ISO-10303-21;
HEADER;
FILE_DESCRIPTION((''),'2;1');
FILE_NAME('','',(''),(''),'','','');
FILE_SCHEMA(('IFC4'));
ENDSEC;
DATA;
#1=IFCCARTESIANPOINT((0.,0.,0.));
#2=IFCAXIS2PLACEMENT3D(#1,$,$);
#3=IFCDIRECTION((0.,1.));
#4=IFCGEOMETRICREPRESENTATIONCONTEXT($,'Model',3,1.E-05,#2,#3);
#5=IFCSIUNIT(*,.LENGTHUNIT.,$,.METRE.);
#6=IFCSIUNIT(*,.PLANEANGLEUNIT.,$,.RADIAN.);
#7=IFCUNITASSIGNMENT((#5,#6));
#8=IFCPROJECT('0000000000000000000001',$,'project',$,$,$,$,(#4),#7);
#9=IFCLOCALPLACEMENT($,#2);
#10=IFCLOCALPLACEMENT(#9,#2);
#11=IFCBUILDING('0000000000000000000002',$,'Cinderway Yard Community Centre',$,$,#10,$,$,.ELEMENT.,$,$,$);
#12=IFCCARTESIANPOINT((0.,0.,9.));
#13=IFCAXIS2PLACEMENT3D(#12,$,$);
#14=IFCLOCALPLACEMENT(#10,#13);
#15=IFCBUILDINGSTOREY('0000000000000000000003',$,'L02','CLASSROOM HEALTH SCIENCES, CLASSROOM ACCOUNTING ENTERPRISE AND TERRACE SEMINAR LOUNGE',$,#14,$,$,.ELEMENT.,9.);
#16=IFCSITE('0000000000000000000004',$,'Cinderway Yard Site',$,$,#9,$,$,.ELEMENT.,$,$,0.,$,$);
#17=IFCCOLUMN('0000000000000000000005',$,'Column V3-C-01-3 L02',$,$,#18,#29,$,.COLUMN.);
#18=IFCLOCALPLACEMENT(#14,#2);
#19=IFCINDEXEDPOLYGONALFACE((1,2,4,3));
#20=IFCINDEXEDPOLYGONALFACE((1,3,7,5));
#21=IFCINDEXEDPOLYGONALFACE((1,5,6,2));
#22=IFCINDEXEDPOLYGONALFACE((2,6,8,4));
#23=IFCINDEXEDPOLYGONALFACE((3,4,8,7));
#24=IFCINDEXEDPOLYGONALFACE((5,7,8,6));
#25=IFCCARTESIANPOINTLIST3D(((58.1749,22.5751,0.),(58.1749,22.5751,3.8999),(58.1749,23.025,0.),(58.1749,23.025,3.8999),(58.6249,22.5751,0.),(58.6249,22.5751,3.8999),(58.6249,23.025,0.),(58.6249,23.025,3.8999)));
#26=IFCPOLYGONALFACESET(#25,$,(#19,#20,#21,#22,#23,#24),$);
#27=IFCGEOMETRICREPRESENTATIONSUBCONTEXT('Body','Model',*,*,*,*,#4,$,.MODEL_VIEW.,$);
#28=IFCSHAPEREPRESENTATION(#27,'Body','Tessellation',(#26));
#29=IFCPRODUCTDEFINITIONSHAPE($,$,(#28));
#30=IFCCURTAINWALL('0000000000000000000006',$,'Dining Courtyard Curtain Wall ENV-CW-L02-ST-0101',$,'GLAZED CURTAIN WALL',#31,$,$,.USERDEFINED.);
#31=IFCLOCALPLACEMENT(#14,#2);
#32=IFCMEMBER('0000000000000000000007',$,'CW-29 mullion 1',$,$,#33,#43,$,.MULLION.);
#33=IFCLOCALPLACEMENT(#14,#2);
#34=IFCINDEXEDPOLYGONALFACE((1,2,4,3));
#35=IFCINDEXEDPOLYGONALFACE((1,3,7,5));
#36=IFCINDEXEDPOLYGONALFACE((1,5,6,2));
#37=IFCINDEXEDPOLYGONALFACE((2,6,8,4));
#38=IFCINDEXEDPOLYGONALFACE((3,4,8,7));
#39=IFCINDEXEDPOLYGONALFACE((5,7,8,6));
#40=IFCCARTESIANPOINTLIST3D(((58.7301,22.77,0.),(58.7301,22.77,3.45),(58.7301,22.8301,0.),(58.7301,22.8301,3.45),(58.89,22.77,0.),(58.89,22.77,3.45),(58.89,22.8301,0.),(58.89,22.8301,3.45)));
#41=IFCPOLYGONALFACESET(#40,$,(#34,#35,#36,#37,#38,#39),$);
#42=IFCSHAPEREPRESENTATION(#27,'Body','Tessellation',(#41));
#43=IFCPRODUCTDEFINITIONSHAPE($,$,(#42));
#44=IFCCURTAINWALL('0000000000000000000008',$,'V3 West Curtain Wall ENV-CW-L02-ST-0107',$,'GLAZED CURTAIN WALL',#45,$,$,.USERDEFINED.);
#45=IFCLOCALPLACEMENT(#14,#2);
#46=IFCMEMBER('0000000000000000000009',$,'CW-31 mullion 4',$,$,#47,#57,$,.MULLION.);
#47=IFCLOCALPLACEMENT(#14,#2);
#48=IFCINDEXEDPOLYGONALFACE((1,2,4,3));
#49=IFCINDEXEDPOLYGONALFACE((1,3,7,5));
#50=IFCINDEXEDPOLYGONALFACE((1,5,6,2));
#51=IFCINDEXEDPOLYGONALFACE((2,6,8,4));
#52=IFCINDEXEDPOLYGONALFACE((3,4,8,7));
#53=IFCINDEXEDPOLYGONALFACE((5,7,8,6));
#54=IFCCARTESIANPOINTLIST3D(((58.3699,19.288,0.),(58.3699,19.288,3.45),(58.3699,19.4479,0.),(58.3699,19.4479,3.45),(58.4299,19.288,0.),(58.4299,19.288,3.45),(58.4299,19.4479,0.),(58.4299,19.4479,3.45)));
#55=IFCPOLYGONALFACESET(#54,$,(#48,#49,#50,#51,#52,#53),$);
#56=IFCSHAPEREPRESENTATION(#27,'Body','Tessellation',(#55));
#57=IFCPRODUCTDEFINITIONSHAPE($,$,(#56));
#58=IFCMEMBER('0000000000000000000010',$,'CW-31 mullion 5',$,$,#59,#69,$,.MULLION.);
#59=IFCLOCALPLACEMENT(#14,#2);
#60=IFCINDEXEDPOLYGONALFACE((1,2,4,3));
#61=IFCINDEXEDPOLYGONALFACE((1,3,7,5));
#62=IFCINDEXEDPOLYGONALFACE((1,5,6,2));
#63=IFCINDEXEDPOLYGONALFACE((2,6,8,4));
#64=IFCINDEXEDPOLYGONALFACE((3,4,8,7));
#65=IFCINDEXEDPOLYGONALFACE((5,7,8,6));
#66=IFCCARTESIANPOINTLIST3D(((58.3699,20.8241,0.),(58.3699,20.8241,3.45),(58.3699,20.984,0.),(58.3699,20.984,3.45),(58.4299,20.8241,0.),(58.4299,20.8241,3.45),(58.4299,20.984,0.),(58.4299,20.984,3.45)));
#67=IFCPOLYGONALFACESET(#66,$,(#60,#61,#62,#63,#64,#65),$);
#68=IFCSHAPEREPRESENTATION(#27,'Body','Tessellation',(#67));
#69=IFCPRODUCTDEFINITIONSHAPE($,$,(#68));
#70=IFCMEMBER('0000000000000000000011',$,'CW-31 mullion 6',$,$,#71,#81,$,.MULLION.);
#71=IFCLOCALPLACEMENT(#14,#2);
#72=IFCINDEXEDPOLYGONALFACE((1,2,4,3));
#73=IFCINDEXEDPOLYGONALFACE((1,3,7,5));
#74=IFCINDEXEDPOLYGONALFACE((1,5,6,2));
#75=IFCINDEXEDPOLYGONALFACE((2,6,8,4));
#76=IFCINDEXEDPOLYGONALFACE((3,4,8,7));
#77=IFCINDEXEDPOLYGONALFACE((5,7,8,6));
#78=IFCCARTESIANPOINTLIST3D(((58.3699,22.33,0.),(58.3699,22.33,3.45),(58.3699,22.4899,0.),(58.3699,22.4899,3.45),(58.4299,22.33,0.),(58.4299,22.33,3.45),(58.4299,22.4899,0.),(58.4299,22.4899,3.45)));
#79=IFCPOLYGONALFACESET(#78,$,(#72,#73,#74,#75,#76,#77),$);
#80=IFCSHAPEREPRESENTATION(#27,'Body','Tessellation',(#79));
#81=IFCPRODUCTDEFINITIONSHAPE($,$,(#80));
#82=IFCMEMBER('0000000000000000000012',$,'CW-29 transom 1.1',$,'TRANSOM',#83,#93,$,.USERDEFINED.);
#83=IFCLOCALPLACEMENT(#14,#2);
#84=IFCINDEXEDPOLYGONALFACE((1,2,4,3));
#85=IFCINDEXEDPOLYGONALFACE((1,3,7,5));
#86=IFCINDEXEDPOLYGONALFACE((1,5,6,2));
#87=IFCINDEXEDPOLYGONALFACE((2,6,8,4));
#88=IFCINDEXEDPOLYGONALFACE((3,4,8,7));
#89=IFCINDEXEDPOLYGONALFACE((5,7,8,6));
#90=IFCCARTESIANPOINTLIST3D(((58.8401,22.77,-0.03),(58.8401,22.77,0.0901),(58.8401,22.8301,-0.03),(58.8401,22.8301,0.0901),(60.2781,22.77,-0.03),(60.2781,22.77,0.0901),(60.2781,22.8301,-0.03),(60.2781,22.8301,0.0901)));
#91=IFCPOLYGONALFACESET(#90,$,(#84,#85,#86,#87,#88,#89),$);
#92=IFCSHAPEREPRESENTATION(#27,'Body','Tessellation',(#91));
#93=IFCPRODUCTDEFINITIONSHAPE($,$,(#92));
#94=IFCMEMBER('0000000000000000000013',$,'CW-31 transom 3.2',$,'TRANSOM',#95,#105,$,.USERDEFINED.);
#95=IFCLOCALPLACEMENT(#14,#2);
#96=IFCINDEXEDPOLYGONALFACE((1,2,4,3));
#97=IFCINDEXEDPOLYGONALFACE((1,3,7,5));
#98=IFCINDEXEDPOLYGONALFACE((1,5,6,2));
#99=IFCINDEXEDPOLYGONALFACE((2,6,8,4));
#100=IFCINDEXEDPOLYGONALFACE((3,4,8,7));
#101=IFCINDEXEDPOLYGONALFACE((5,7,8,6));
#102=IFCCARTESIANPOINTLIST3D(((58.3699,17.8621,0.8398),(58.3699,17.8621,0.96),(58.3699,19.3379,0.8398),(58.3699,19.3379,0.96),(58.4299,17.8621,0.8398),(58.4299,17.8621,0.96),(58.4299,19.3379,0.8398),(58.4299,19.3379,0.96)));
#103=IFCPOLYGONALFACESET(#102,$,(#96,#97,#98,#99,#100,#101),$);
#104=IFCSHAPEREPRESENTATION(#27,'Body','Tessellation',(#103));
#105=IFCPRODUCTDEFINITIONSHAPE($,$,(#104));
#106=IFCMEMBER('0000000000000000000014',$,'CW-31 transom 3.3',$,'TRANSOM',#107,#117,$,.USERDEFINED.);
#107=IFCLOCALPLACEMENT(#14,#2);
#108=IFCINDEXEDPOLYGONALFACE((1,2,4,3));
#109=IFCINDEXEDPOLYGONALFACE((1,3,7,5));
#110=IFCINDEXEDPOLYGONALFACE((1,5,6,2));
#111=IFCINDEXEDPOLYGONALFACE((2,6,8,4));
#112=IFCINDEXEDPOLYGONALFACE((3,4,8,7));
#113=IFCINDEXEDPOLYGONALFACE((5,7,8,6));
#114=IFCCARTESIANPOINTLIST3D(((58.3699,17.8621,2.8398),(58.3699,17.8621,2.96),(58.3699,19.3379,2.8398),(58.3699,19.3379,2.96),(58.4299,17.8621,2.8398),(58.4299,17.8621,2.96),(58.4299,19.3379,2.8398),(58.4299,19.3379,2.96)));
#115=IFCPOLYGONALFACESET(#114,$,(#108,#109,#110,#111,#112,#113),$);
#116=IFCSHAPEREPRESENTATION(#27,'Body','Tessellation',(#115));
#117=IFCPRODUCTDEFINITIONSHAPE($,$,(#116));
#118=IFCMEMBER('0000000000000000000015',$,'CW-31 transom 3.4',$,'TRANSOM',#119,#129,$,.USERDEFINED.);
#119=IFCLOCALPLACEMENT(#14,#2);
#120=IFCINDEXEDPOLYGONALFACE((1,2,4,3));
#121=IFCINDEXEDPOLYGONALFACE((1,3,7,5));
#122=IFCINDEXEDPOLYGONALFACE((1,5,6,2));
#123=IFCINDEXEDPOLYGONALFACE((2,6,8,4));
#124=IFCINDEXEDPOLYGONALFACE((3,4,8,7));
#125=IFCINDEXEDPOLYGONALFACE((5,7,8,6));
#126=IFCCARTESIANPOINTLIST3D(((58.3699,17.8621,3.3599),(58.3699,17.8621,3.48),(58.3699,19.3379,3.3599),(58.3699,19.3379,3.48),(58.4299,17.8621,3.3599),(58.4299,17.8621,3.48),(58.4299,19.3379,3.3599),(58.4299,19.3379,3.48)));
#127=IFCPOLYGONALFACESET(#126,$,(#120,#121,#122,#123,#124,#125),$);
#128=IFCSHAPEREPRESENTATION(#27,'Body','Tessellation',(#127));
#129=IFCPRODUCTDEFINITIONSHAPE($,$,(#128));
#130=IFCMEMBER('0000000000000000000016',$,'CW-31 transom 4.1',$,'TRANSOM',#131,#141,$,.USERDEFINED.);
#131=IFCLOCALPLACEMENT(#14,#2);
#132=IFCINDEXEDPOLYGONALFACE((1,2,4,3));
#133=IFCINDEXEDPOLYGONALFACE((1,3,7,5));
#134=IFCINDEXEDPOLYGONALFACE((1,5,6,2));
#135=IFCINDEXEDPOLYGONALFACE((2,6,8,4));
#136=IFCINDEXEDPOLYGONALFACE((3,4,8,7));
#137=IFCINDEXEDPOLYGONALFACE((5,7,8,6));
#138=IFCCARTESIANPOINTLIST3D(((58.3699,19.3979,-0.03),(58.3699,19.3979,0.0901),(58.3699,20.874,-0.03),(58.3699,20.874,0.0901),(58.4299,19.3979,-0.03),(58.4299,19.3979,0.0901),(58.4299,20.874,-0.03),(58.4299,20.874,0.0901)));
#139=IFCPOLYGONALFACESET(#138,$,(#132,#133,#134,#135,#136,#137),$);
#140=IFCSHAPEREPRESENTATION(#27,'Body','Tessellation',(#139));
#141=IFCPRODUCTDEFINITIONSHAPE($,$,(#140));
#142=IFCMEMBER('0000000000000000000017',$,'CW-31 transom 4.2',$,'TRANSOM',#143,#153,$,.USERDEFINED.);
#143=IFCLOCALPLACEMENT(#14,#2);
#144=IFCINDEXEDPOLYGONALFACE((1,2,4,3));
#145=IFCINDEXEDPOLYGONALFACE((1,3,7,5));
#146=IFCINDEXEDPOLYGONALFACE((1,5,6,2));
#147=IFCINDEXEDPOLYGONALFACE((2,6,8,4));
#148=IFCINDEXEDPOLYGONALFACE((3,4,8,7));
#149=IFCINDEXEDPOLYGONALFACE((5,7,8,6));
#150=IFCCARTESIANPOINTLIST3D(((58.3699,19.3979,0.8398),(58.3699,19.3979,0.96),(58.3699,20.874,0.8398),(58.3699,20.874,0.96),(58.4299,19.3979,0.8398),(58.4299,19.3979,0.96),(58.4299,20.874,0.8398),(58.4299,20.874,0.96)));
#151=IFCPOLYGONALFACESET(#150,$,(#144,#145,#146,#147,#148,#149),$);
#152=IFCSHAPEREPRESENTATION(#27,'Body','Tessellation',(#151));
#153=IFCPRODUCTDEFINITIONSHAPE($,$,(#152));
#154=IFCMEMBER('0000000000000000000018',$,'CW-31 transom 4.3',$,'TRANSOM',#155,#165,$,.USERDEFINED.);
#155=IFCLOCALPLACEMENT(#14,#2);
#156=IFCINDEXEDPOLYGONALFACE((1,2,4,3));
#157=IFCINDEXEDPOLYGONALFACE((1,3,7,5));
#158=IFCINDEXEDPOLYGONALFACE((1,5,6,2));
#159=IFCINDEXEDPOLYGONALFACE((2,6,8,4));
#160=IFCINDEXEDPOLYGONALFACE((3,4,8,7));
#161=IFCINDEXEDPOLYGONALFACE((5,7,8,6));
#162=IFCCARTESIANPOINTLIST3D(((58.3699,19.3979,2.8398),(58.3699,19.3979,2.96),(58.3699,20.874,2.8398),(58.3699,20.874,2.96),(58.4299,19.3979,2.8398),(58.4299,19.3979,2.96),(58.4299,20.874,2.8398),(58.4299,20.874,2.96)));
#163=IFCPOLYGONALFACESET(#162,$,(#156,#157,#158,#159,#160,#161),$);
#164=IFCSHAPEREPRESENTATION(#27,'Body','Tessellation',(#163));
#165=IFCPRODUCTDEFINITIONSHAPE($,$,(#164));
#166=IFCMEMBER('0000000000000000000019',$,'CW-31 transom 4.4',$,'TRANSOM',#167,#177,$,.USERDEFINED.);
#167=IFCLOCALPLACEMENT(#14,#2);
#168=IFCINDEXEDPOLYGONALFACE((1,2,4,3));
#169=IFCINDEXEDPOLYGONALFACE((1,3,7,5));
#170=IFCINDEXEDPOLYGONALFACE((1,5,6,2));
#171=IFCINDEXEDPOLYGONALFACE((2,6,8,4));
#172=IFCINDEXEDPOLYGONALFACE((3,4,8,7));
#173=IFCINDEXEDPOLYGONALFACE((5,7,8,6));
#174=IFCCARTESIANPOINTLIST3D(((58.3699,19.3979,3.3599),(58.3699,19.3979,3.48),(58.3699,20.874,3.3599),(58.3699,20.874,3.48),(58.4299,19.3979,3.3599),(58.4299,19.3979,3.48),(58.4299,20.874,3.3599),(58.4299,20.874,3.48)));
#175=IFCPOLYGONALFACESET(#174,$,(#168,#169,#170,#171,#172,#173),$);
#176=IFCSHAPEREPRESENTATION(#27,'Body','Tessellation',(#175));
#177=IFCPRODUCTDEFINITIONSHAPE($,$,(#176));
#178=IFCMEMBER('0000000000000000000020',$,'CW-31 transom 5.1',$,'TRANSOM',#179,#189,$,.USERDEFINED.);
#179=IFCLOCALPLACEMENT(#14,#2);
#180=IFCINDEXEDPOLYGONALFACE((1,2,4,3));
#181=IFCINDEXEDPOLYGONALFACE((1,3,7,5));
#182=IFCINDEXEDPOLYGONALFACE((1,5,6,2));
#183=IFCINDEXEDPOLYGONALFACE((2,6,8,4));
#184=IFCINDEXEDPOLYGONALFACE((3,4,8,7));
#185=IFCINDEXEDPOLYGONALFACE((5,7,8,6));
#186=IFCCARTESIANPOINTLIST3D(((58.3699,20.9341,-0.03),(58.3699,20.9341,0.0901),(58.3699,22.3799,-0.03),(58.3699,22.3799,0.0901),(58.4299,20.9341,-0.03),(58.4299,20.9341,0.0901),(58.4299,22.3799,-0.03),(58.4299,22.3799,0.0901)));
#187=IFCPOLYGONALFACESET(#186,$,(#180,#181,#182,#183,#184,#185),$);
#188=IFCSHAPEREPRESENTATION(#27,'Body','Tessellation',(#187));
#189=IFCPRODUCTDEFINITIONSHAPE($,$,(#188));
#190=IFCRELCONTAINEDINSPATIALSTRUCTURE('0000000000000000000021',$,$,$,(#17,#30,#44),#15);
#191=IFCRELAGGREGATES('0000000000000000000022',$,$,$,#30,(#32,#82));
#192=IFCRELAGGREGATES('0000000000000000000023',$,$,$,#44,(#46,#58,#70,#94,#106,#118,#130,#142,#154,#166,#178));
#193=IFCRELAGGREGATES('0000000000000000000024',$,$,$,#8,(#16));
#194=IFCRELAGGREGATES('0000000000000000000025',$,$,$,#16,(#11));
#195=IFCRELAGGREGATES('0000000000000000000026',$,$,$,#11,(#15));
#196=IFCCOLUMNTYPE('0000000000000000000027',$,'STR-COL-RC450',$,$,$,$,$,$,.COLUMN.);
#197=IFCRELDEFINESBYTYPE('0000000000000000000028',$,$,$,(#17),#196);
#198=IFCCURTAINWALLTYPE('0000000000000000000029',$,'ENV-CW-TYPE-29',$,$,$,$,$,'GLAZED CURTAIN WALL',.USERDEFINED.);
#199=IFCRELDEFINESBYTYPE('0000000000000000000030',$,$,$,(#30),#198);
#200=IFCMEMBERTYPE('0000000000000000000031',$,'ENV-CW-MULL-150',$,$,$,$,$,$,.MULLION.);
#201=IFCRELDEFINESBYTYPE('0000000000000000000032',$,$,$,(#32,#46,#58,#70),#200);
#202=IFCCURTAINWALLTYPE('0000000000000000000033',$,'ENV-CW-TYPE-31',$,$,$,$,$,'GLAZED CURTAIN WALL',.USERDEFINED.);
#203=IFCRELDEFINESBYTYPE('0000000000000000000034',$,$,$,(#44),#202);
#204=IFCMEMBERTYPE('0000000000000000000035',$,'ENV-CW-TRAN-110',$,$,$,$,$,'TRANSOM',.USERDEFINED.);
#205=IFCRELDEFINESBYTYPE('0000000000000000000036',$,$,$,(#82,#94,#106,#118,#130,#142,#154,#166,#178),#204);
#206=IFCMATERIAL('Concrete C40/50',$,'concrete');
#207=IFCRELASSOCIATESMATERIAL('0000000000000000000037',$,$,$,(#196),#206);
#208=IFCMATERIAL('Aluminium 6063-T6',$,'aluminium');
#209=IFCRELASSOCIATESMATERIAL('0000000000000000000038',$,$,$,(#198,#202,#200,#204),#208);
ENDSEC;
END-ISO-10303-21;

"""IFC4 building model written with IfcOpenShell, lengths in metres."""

from ifc_helpers import new_model, si_unit, direction, frame, origin, origin_2d, place, context, subcontext, project, spatial, rectangle, extrude, material, material_profile, profile_set, type_object, element, aggregate, save


model = new_model("IFC4")

# Units and contexts
model_context = context("Model", 3, precision=1e-05, world=origin(), true_north=direction((0.0, 1.0)))
body_context = subcontext(model_context, "Body", "Model", "MODEL_VIEW")
ifc_project = project(units=[si_unit("LENGTHUNIT", "METRE"), si_unit("PLANEANGLEUNIT", "RADIAN")], contexts=[model_context])

# Site, building, storey
site_placement = place(None, origin())
site = spatial("IfcSite", under=ifc_project, at=site_placement, Name="Cinderway Yard Site", CompositionType="ELEMENT", RefElevation=0.0)
building_placement = place(site_placement, origin())
building = spatial("IfcBuilding", under=site, at=building_placement, Name="Cinderway Yard Community Centre", CompositionType="ELEMENT")
storey_placement = place(building_placement, frame((0.0, 0.0, 9.0)))
storey = spatial("IfcBuildingStorey", under=building, at=storey_placement, Name="L02", Description="CLASSROOM HEALTH SCIENCES, CLASSROOM ACCOUNTING ENTERPRISE AND TERRACE SEMINAR LOUNGE", CompositionType="ELEMENT", Elevation=9.0)

# Column
ifc_material_1 = material(Name="Concrete C40/50", Category="concrete")
ifc_material_profile_1 = material_profile(ifc_material_1, rectangle(XDim=0.45, YDim=0.45, at=origin_2d()), Name="Concrete C40/50")
ifc_profile_set_1 = profile_set([ifc_material_profile_1], Name="Concrete C40/50")
column_type = type_object("IfcColumnType", Name="STR-COL-RC450", PredefinedType="COLUMN", material=ifc_profile_set_1)
column_placement = place(storey_placement, frame((58.3999, 22.8, 0.0), z_axis=(0.0, 0.0, 1.0), x_axis=(1.0, 0.0, 0.0)))
element("IfcColumn", 1, at=column_placement, inside=storey, type_object=column_type, Name="Column V3-C-01-3 L02", PredefinedType="COLUMN", context=body_context, shape_type="SweptSolid", body=[
    extrude(rectangle(XDim=0.45, YDim=0.45, at=origin_2d()), origin(), (0.0, 0.0, 1.0), 3.8999),
])

# Curtain wall, member
ifc_material_2 = material(Name="Aluminium 6063-T6", Category="aluminium")
curtain_wall_type_1 = type_object("IfcCurtainWallType", Name="ENV-CW-TYPE-29", ElementType="GLAZED CURTAIN WALL", PredefinedType="USERDEFINED", material=ifc_material_2)
curtain_wall_1_placement = place(storey_placement, origin())
curtain_wall_1 = element("IfcCurtainWall", 2, at=curtain_wall_1_placement, inside=storey, type_object=curtain_wall_type_1, Name="Dining Courtyard Curtain Wall ENV-CW-L02-ST-0101", ObjectType="GLAZED CURTAIN WALL", PredefinedType="USERDEFINED")
ifc_material_profile_2 = material_profile(ifc_material_2, rectangle(XDim=0.0601, YDim=0.1599, at=origin_2d()), Name="Aluminium 6063-T6")
ifc_profile_set_2 = profile_set([ifc_material_profile_2], Name="Aluminium 6063-T6")
member_type_1 = type_object("IfcMemberType", Name="ENV-CW-MULL-150", PredefinedType="MULLION", material=ifc_profile_set_2)
member_1_placement = place(storey_placement, frame((58.8101, 22.8, 0.0), z_axis=(0.0, 0.0, 1.0), x_axis=(0.0, 1.0, 0.0)))
member_1 = element("IfcMember", 3, at=member_1_placement, type_object=member_type_1, Name="CW-29 mullion 1", PredefinedType="MULLION", context=body_context, shape_type="SweptSolid", body=[
    extrude(rectangle(XDim=0.0601, YDim=0.1599, at=origin_2d()), origin(), (0.0, 0.0, 1.0), 3.45),
])

# Curtain wall, members
curtain_wall_type_2 = type_object("IfcCurtainWallType", Name="ENV-CW-TYPE-31", ElementType="GLAZED CURTAIN WALL", PredefinedType="USERDEFINED", material=ifc_material_2)
curtain_wall_2_placement = place(storey_placement, origin())
curtain_wall_2 = element("IfcCurtainWall", 4, at=curtain_wall_2_placement, inside=storey, type_object=curtain_wall_type_2, Name="V3 West Curtain Wall ENV-CW-L02-ST-0107", ObjectType="GLAZED CURTAIN WALL", PredefinedType="USERDEFINED")
member_2_placement = place(storey_placement, frame((58.3999, 19.3679, 0.0), z_axis=(0.0, 0.0, 1.0), x_axis=(-1.0, 0.0, 0.0)))
member_2 = element("IfcMember", 5, at=member_2_placement, type_object=member_type_1, Name="CW-31 mullion 4", PredefinedType="MULLION", context=body_context, shape_type="SweptSolid", body=[
    extrude(rectangle(XDim=0.0601, YDim=0.1599, at=origin_2d()), origin(), (0.0, 0.0, 1.0), 3.45),
])
member_3_placement = place(storey_placement, frame((58.3999, 20.9041, 0.0), z_axis=(0.0, 0.0, 1.0), x_axis=(-1.0, 0.0, 0.0)))
member_3 = element("IfcMember", 6, at=member_3_placement, type_object=member_type_1, Name="CW-31 mullion 5", PredefinedType="MULLION", context=body_context, shape_type="SweptSolid", body=[
    extrude(rectangle(XDim=0.0601, YDim=0.1599, at=origin_2d()), origin(), (0.0, 0.0, 1.0), 3.45),
])
member_4_placement = place(storey_placement, frame((58.3999, 22.4099, 0.0), z_axis=(0.0, 0.0, 1.0), x_axis=(-1.0, 0.0, 0.0)))
member_4 = element("IfcMember", 7, at=member_4_placement, type_object=member_type_1, Name="CW-31 mullion 6", PredefinedType="MULLION", context=body_context, shape_type="SweptSolid", body=[
    extrude(rectangle(XDim=0.0601, YDim=0.1599, at=origin_2d()), origin(), (0.0, 0.0, 1.0), 3.45),
])

# Members
ifc_material_profile_3 = material_profile(ifc_material_2, rectangle(XDim=0.0601, YDim=0.1201, at=origin_2d()), Name="Aluminium 6063-T6")
ifc_profile_set_3 = profile_set([ifc_material_profile_3], Name="Aluminium 6063-T6")
member_type_2 = type_object("IfcMemberType", Name="ENV-CW-TRAN-110", ElementType="TRANSOM", PredefinedType="USERDEFINED", material=ifc_profile_set_3)
member_5_placement = place(storey_placement, frame((58.8401, 22.8, 0.03), z_axis=(1.0, 0.0, 0.0), x_axis=(0.0, 1.0, 0.0)))
member_5 = element("IfcMember", 8, at=member_5_placement, type_object=member_type_2, Name="CW-29 transom 1.1", ObjectType="TRANSOM", PredefinedType="USERDEFINED", context=body_context, shape_type="SweptSolid", body=[
    extrude(rectangle(XDim=0.0601, YDim=0.1201, at=origin_2d()), origin(), (0.0, 0.0, 1.0), 1.438),
])
aggregate(curtain_wall_1, [member_1, member_5])
member_6_placement = place(storey_placement, frame((58.3999, 17.8621, 0.8999), z_axis=(0.0, 1.0, 0.0), x_axis=(-1.0, 0.0, 0.0)))
member_6 = element("IfcMember", 9, at=member_6_placement, type_object=member_type_2, Name="CW-31 transom 3.2", ObjectType="TRANSOM", PredefinedType="USERDEFINED", context=body_context, shape_type="SweptSolid", body=[
    extrude(rectangle(XDim=0.0601, YDim=0.1201, at=origin_2d()), origin(), (0.0, 0.0, 1.0), 1.4758),
])
member_7_placement = place(storey_placement, frame((58.3999, 17.8621, 2.8999), z_axis=(0.0, 1.0, 0.0), x_axis=(-1.0, 0.0, 0.0)))
member_7 = element("IfcMember", 10, at=member_7_placement, type_object=member_type_2, Name="CW-31 transom 3.3", ObjectType="TRANSOM", PredefinedType="USERDEFINED", context=body_context, shape_type="SweptSolid", body=[
    extrude(rectangle(XDim=0.0601, YDim=0.1201, at=origin_2d()), origin(), (0.0, 0.0, 1.0), 1.4758),
])
member_8_placement = place(storey_placement, frame((58.3999, 17.8621, 3.4199), z_axis=(0.0, 1.0, 0.0), x_axis=(-1.0, 0.0, 0.0)))
member_8 = element("IfcMember", 11, at=member_8_placement, type_object=member_type_2, Name="CW-31 transom 3.4", ObjectType="TRANSOM", PredefinedType="USERDEFINED", context=body_context, shape_type="SweptSolid", body=[
    extrude(rectangle(XDim=0.0601, YDim=0.1201, at=origin_2d()), origin(), (0.0, 0.0, 1.0), 1.4758),
])
member_9_placement = place(storey_placement, frame((58.3999, 19.3979, 0.03), z_axis=(0.0, 1.0, 0.0), x_axis=(-1.0, 0.0, 0.0)))
member_9 = element("IfcMember", 12, at=member_9_placement, type_object=member_type_2, Name="CW-31 transom 4.1", ObjectType="TRANSOM", PredefinedType="USERDEFINED", context=body_context, shape_type="SweptSolid", body=[
    extrude(rectangle(XDim=0.0601, YDim=0.1201, at=origin_2d()), origin(), (0.0, 0.0, 1.0), 1.4761),
])
member_10_placement = place(storey_placement, frame((58.3999, 19.3979, 0.8999), z_axis=(0.0, 1.0, 0.0), x_axis=(-1.0, 0.0, 0.0)))
member_10 = element("IfcMember", 13, at=member_10_placement, type_object=member_type_2, Name="CW-31 transom 4.2", ObjectType="TRANSOM", PredefinedType="USERDEFINED", context=body_context, shape_type="SweptSolid", body=[
    extrude(rectangle(XDim=0.0601, YDim=0.1201, at=origin_2d()), origin(), (0.0, 0.0, 1.0), 1.4761),
])
member_11_placement = place(storey_placement, frame((58.3999, 19.3979, 2.8999), z_axis=(0.0, 1.0, 0.0), x_axis=(-1.0, 0.0, 0.0)))
member_11 = element("IfcMember", 14, at=member_11_placement, type_object=member_type_2, Name="CW-31 transom 4.3", ObjectType="TRANSOM", PredefinedType="USERDEFINED", context=body_context, shape_type="SweptSolid", body=[
    extrude(rectangle(XDim=0.0601, YDim=0.1201, at=origin_2d()), origin(), (0.0, 0.0, 1.0), 1.4761),
])
member_12_placement = place(storey_placement, frame((58.3999, 19.3979, 3.4199), z_axis=(0.0, 1.0, 0.0), x_axis=(-1.0, 0.0, 0.0)))
member_12 = element("IfcMember", 15, at=member_12_placement, type_object=member_type_2, Name="CW-31 transom 4.4", ObjectType="TRANSOM", PredefinedType="USERDEFINED", context=body_context, shape_type="SweptSolid", body=[
    extrude(rectangle(XDim=0.0601, YDim=0.1201, at=origin_2d()), origin(), (0.0, 0.0, 1.0), 1.4761),
])
member_13_placement = place(storey_placement, frame((58.3999, 20.9341, 0.03), z_axis=(0.0, 1.0, 0.0), x_axis=(-1.0, 0.0, 0.0)))
member_13 = element("IfcMember", 16, at=member_13_placement, type_object=member_type_2, Name="CW-31 transom 5.1", ObjectType="TRANSOM", PredefinedType="USERDEFINED", context=body_context, shape_type="SweptSolid", body=[
    extrude(rectangle(XDim=0.0601, YDim=0.1201, at=origin_2d()), origin(), (0.0, 0.0, 1.0), 1.4458),
])

aggregate(curtain_wall_2, [member_2, member_3, member_4, member_6, member_7, member_8, member_9, member_10, member_11, member_12, member_13])

save(model, "model.ifc")
